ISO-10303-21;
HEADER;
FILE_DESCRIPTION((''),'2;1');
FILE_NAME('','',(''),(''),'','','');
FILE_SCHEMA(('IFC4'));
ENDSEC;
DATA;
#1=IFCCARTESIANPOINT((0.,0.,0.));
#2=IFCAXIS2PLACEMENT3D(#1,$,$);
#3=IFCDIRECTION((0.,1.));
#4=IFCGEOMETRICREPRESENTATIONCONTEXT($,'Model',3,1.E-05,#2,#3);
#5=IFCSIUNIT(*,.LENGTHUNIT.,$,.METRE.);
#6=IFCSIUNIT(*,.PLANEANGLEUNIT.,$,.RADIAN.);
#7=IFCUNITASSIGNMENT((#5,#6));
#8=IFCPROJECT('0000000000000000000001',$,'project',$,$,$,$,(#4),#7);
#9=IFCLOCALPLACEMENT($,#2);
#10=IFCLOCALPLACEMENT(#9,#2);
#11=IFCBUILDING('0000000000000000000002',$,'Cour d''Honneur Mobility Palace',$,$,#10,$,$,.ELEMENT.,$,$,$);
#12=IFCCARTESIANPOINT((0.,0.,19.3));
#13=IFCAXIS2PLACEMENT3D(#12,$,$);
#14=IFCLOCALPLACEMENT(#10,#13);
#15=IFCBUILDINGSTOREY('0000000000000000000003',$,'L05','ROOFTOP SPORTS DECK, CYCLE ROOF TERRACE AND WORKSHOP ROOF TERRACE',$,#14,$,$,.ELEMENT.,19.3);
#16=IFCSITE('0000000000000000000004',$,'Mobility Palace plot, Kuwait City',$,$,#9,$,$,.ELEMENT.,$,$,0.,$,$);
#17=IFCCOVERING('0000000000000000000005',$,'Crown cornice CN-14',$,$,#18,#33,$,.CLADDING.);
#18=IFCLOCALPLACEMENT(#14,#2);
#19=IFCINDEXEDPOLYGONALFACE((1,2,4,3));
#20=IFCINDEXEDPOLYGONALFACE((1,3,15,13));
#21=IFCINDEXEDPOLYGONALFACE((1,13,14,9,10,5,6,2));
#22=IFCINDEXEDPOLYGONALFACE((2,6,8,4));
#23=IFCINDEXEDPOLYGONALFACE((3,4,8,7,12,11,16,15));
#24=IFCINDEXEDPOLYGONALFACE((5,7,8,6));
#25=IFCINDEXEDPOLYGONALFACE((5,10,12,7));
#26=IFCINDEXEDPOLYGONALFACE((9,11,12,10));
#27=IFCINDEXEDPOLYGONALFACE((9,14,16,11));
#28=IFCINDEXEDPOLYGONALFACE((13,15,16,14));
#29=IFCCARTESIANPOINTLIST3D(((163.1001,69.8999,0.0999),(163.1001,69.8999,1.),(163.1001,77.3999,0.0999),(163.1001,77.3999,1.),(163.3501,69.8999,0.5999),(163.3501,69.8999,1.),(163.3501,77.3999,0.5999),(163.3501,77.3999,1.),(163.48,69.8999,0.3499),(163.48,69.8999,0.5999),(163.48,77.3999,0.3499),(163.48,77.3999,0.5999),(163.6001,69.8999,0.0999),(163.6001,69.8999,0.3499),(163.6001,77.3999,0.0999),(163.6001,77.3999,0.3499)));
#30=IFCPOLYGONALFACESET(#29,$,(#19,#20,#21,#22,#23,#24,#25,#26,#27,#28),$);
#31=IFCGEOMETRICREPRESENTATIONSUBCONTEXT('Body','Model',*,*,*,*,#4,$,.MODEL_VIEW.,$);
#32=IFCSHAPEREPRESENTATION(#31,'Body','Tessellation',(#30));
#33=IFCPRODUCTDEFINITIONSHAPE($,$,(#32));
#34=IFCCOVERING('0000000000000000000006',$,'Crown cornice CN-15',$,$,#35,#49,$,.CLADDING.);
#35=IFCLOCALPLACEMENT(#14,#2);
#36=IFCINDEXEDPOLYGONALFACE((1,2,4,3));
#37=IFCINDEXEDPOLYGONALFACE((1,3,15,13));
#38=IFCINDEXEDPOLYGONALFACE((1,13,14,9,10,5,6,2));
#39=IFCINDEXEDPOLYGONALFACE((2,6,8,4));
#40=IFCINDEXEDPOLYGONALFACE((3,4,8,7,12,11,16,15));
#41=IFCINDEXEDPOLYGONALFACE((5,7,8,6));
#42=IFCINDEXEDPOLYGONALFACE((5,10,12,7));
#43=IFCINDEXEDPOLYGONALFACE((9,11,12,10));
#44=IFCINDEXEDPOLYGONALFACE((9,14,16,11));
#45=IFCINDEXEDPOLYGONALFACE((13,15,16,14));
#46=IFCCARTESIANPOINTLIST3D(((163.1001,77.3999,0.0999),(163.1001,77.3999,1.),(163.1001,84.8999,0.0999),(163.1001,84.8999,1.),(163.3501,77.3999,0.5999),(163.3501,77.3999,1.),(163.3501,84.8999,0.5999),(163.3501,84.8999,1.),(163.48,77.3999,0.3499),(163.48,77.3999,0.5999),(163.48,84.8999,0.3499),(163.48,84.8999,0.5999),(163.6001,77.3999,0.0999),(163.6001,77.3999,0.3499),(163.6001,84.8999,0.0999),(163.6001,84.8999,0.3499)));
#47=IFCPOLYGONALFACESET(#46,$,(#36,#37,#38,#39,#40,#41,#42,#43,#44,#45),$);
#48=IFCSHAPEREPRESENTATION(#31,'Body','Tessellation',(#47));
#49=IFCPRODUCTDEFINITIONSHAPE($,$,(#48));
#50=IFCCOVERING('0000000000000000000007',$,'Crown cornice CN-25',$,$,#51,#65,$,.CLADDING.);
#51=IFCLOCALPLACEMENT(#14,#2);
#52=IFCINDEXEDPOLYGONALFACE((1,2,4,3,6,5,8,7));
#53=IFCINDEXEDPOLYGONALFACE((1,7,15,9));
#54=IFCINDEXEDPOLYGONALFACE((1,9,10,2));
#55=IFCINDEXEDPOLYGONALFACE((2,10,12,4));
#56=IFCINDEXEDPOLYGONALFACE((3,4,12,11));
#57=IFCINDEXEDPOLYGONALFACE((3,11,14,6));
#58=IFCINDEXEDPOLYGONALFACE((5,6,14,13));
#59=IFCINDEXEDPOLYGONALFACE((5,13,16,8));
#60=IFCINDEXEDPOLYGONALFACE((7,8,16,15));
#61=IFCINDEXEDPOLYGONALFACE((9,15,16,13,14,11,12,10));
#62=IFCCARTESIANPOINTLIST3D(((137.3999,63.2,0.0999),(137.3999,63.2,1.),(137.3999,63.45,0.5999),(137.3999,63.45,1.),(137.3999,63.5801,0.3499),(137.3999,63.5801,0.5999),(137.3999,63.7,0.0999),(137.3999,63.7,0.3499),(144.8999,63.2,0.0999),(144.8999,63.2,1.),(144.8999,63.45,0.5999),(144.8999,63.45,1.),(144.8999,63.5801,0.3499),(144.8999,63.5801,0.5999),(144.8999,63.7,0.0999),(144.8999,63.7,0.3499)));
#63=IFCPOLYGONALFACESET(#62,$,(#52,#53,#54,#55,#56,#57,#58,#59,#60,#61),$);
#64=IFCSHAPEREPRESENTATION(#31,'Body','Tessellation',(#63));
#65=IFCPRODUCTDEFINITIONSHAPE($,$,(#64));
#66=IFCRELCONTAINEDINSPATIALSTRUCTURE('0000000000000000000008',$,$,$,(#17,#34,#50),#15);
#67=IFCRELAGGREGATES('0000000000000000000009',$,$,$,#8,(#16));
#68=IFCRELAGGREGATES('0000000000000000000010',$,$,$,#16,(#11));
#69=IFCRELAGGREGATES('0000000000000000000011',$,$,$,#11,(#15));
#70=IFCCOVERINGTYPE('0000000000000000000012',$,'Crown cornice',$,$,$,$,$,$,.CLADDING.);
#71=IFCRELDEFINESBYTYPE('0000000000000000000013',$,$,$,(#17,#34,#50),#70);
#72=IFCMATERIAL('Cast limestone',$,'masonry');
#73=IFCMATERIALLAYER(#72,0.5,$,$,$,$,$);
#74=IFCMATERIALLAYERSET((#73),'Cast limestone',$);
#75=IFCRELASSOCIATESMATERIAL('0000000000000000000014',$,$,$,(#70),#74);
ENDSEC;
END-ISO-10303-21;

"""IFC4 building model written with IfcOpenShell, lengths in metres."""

from ifc_helpers import new_model, si_unit, direction, frame, origin, place, context, subcontext, project, spatial, polyline, outline, extrude, material, layer, layer_set, type_object, element, save


model = new_model("IFC4")

# Units and contexts
model_context = context("Model", 3, precision=1e-05, world=origin(), true_north=direction((0.0, 1.0)))
body_context = subcontext(model_context, "Body", "Model", "MODEL_VIEW")
ifc_project = project(units=[si_unit("LENGTHUNIT", "METRE"), si_unit("PLANEANGLEUNIT", "RADIAN")], contexts=[model_context])

# Site, building, storey
site_placement = place(None, origin())
site = spatial("IfcSite", under=ifc_project, at=site_placement, Name="Mobility Palace plot, Kuwait City", CompositionType="ELEMENT", RefElevation=0.0)
building_placement = place(site_placement, origin())
building = spatial("IfcBuilding", under=site, at=building_placement, Name="Cour d'Honneur Mobility Palace", CompositionType="ELEMENT")
storey_placement = place(building_placement, frame((0.0, 0.0, 19.3)))
storey = spatial("IfcBuildingStorey", under=building, at=storey_placement, Name="L05", Description="ROOFTOP SPORTS DECK, CYCLE ROOF TERRACE AND WORKSHOP ROOF TERRACE", CompositionType="ELEMENT", Elevation=19.3)

# Coverings
ifc_material_1 = material(Name="Cast limestone", Category="masonry")
ifc_layer_1 = layer(ifc_material_1, 0.5)
ifc_layer_set_1 = layer_set([ifc_layer_1], Name="Cast limestone")
covering_type = type_object("IfcCoveringType", Name="Crown cornice", PredefinedType="CLADDING", material=ifc_layer_set_1)
for number, where, z_axis, x_axis, name in (
    (1, (163.1001, 69.8999, 0.0999), (0.0, -1.0, 0.0), (1.0, 0.0, 0.0), "Crown cornice CN-14"),
    (2, (163.1001, 77.3999, 0.0999), (0.0, -1.0, 0.0), (1.0, 0.0, 0.0), "Crown cornice CN-15"),
):
    element("IfcCovering", number, at=place(storey_placement, frame(where, z_axis=z_axis, x_axis=x_axis)), inside=storey, type_object=covering_type, Name=name, PredefinedType="CLADDING", context=body_context, shape_type="SweptSolid", body=[
        extrude(outline(polyline([(0.0, 0.0), (0.5, 0.0), (0.5, 0.25), (0.3799, 0.25), (0.3799, 0.5), (0.25, 0.5), (0.25, 0.9001), (0.0, 0.9001), (0.0, 0.0)])), origin(), (0.0, 0.0, -1.0), 7.5),
    ])
covering_placement = place(storey_placement, frame((144.8999, 63.2, 0.0999), z_axis=(1.0, 0.0, 0.0), x_axis=(0.0, 1.0, 0.0)))
element("IfcCovering", 3, at=covering_placement, inside=storey, type_object=covering_type, Name="Crown cornice CN-25", PredefinedType="CLADDING", context=body_context, shape_type="SweptSolid", body=[
    extrude(outline(polyline([(0.0, 0.0), (0.5, 0.0), (0.5, 0.25), (0.3801, 0.25), (0.3801, 0.5), (0.25, 0.5), (0.25, 0.9001), (0.0, 0.9001), (0.0, 0.0)])), origin(), (0.0, 0.0, -1.0), 7.5),
])

save(model, "model.ifc")
